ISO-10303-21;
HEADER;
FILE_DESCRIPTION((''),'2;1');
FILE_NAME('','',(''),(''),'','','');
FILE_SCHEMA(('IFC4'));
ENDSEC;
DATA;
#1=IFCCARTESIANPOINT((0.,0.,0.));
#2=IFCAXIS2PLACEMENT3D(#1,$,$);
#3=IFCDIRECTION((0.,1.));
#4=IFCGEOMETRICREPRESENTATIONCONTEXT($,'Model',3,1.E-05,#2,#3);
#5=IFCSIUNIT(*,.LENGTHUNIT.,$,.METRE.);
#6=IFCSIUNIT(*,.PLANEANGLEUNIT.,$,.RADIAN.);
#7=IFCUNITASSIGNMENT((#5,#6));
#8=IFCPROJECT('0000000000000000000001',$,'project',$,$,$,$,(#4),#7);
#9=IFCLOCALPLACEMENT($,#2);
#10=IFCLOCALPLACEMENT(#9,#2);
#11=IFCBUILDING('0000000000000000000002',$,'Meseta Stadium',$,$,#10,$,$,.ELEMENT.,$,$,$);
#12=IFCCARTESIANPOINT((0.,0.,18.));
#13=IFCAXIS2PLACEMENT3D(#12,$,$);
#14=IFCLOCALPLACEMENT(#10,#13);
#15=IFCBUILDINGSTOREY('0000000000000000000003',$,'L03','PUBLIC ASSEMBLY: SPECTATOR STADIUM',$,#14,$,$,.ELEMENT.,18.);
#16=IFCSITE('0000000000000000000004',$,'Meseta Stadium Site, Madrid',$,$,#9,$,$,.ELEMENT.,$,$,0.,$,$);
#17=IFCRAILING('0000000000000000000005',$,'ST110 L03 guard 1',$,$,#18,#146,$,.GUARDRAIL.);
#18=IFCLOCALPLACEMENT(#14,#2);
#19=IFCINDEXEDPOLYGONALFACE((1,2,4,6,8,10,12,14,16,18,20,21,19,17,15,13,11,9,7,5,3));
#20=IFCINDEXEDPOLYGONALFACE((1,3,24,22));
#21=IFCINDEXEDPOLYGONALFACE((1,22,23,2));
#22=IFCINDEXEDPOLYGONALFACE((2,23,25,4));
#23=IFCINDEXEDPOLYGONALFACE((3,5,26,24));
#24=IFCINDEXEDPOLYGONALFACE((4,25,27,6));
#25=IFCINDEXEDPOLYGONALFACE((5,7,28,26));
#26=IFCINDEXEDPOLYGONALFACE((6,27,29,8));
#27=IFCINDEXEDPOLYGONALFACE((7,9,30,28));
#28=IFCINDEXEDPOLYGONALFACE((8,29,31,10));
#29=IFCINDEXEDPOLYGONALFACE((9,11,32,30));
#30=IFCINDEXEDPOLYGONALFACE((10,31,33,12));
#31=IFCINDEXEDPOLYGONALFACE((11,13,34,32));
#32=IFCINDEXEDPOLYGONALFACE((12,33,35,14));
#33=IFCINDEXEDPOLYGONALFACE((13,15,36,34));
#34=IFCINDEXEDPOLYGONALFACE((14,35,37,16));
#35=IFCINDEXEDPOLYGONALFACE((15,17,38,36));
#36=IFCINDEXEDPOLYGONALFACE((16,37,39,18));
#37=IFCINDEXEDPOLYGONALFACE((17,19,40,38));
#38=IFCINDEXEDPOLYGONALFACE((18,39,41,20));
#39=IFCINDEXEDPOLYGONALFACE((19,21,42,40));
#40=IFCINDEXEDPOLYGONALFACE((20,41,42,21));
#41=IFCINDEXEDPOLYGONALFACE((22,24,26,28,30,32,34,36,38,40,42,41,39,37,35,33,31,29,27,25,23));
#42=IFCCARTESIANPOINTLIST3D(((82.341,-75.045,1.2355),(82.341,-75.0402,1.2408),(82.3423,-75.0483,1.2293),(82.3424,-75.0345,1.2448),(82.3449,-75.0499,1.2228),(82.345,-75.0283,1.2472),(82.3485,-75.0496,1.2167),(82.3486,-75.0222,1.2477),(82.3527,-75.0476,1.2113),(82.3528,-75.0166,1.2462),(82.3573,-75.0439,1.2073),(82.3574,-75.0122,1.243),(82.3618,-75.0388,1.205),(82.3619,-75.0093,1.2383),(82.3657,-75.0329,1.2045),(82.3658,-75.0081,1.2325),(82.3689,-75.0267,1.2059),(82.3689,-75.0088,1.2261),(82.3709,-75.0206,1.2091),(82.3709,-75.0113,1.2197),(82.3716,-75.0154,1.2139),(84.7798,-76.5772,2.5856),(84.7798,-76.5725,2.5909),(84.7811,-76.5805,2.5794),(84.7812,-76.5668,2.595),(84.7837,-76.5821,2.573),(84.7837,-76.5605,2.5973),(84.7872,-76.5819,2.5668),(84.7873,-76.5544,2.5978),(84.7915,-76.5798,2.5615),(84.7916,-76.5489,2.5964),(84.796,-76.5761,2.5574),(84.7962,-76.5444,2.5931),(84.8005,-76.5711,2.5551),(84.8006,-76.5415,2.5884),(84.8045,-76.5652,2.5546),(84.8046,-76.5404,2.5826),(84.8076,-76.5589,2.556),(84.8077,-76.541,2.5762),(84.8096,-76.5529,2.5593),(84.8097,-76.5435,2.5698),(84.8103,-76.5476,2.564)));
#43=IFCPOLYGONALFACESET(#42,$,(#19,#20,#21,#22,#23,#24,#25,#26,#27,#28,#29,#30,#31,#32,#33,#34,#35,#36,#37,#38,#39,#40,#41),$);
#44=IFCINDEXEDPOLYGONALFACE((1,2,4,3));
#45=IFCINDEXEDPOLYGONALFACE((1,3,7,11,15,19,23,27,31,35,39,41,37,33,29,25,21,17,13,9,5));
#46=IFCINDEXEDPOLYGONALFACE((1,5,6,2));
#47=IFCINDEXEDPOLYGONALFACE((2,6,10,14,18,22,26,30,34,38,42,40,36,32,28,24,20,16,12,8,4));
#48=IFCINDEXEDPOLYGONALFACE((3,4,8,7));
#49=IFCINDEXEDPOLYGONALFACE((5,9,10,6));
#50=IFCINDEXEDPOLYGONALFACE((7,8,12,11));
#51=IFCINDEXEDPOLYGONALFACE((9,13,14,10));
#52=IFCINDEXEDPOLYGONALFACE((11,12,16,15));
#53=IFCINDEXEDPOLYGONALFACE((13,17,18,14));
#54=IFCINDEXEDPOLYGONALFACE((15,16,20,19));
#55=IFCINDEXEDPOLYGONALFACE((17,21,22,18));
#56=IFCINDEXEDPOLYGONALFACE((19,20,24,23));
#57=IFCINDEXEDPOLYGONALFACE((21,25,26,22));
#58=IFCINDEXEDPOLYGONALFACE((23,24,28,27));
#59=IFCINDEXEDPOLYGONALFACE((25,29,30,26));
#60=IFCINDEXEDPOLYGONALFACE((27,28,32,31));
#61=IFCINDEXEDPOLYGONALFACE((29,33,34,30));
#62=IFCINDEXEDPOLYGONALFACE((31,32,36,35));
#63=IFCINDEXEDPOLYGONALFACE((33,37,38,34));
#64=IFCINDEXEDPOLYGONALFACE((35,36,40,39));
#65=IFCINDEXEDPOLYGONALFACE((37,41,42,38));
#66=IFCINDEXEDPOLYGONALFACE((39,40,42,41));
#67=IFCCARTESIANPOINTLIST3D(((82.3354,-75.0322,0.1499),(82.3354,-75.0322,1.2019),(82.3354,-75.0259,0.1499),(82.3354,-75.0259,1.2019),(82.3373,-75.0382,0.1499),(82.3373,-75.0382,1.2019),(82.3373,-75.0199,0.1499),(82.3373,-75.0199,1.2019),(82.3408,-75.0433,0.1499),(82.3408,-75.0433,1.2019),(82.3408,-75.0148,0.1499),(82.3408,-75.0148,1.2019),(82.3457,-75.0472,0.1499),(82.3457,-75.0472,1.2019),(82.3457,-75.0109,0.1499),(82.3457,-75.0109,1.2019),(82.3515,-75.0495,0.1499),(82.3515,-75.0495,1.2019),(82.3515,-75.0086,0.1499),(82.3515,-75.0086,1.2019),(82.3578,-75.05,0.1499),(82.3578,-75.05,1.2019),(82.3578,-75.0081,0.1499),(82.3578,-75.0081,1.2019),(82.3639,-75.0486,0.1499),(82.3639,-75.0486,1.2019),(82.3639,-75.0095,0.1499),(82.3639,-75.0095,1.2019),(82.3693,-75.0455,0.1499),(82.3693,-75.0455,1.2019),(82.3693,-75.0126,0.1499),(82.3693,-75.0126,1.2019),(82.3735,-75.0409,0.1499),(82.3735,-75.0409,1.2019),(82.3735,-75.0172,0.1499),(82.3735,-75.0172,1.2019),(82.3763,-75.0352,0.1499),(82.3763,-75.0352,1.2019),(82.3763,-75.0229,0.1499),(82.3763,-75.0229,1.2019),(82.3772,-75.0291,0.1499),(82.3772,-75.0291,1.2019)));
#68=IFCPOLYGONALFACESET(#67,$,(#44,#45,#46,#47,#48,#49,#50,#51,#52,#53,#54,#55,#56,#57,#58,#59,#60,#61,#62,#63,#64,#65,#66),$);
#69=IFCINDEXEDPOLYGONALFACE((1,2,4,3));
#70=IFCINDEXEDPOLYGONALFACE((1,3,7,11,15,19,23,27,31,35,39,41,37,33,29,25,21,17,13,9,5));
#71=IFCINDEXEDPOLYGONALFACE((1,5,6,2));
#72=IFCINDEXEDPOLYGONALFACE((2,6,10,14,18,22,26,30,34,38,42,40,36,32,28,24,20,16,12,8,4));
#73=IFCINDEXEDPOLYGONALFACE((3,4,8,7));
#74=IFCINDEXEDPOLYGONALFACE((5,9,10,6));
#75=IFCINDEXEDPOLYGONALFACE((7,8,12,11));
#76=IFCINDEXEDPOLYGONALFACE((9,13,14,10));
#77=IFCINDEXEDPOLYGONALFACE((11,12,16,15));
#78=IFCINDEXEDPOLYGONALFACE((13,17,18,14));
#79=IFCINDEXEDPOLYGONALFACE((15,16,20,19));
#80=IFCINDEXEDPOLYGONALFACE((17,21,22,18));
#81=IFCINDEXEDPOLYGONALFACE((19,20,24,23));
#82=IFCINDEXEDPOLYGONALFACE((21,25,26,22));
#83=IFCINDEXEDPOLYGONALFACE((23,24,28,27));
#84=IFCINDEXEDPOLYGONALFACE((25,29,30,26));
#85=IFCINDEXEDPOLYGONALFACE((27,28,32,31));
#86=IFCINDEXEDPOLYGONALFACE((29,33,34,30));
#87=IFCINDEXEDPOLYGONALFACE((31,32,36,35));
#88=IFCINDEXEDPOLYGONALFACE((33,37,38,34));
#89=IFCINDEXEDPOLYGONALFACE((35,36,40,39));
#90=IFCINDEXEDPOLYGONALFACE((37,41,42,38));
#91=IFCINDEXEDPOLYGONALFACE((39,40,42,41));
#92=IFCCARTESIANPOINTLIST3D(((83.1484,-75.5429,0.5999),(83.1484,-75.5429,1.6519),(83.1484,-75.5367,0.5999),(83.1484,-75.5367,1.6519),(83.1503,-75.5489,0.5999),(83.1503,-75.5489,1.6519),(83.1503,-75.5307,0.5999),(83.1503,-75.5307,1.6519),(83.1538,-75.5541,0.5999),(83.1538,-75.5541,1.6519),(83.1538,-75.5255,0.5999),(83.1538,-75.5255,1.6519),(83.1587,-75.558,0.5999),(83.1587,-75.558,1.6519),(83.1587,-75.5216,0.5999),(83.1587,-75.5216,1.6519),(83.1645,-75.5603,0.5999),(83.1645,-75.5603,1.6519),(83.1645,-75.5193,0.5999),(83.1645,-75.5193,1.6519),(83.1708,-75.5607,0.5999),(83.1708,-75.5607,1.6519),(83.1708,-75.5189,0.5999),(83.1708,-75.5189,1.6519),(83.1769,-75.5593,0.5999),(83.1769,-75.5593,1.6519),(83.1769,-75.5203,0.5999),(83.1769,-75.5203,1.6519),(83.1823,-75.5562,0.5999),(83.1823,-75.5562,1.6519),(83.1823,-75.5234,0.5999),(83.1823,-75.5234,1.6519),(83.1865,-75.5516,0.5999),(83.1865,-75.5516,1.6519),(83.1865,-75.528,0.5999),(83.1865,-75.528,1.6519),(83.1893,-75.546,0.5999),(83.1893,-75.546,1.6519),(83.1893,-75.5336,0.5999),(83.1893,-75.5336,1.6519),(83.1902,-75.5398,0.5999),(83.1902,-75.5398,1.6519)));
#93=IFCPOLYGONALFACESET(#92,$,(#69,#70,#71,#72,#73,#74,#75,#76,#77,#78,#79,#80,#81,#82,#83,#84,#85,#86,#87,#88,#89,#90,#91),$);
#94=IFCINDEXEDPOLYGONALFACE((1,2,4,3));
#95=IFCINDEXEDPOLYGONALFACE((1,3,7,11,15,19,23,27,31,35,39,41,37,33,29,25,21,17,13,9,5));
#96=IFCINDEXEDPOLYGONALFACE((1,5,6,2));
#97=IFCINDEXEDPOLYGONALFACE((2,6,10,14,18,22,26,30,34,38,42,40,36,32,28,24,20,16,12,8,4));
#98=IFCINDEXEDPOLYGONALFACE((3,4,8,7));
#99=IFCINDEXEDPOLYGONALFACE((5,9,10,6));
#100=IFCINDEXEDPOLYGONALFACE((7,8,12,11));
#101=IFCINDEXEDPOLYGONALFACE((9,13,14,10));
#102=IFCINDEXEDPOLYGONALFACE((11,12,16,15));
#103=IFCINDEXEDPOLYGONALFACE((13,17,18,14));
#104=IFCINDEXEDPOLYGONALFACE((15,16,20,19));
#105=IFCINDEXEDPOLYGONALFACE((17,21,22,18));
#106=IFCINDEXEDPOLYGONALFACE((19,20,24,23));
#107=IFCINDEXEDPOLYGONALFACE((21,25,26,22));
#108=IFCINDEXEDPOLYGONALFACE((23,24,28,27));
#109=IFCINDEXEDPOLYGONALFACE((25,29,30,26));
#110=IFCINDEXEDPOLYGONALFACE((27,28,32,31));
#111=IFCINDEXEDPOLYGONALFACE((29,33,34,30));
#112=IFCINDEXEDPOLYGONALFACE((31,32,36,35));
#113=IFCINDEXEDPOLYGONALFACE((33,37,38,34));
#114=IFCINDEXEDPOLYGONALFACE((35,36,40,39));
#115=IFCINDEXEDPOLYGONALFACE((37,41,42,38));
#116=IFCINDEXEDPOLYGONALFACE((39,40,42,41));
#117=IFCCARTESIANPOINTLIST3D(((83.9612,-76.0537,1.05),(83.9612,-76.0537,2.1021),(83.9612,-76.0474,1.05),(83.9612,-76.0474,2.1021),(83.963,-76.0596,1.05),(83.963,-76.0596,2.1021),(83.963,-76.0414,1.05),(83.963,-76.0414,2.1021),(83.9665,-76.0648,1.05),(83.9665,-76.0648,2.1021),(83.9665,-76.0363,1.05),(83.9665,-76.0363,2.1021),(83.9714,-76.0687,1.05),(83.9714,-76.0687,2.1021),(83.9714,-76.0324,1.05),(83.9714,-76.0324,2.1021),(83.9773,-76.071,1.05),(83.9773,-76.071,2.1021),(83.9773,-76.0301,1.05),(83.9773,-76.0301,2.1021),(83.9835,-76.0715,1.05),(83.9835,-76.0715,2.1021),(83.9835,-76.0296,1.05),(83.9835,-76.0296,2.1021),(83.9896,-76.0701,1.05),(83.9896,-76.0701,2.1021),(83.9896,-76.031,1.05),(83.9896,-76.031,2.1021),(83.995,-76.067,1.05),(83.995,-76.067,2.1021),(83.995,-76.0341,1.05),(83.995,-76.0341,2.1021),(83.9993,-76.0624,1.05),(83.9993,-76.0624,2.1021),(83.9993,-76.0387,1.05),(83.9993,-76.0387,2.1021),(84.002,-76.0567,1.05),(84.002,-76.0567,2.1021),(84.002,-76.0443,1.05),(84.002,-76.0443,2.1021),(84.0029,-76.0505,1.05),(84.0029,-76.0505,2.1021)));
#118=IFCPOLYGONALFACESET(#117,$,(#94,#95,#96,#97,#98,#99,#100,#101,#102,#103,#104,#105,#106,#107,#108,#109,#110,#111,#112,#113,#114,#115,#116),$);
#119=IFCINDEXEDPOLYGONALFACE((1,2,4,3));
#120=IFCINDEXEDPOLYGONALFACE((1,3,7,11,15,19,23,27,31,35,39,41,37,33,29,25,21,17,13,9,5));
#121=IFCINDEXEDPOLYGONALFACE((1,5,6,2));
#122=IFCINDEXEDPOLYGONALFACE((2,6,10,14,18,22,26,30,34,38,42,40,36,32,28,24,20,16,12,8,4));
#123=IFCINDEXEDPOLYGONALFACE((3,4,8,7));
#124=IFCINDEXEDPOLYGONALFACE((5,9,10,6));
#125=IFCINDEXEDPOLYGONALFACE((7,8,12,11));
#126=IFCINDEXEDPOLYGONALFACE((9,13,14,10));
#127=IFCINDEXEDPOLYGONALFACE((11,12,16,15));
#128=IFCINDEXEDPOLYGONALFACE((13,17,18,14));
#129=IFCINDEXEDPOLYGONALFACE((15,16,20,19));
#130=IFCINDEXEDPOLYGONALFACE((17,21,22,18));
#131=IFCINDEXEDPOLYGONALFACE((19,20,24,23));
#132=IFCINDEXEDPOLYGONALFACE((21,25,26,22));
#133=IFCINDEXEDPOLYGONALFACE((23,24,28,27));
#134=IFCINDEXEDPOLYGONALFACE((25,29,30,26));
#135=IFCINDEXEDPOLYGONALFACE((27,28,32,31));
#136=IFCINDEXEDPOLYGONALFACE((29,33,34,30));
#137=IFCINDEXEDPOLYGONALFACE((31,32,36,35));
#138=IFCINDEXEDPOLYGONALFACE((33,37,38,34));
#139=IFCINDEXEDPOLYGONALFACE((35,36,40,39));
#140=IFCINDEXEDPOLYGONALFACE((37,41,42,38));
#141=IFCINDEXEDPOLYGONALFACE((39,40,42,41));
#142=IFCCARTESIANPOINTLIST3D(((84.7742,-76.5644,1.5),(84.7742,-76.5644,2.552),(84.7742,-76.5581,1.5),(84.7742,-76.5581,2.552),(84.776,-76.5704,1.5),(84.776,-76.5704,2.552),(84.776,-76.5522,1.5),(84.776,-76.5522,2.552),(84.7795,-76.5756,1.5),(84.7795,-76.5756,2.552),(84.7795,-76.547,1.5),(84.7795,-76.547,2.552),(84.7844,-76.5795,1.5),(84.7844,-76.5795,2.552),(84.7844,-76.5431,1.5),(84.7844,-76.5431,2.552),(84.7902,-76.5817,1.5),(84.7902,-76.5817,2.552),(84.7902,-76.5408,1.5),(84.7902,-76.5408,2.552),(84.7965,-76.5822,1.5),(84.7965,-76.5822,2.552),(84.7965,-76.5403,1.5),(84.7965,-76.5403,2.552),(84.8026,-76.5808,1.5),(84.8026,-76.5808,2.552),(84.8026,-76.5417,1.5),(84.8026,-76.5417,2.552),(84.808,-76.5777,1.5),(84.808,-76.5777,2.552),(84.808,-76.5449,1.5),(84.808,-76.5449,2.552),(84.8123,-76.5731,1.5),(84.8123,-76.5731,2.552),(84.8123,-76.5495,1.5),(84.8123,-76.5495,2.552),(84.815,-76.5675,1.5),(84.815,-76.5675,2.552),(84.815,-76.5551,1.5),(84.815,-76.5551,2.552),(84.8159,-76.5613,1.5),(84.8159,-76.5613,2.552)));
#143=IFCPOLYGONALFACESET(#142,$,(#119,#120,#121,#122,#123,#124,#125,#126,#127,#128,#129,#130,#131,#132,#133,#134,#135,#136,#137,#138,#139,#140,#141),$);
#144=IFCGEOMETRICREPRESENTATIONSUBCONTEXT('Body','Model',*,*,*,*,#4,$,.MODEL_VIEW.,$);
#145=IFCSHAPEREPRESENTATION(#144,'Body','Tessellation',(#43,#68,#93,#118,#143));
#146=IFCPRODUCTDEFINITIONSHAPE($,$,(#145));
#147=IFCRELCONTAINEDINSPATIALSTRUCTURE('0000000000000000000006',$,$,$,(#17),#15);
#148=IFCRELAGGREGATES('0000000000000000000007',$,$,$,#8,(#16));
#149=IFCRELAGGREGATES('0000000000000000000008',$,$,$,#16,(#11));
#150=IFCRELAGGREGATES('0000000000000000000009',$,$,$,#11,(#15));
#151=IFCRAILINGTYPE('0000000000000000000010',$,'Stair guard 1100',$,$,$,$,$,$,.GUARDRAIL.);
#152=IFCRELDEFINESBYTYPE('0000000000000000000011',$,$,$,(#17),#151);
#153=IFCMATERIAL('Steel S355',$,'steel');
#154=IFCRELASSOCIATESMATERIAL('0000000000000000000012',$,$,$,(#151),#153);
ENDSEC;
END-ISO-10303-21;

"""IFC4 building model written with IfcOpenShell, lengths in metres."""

from ifc_helpers import new_model, si_unit, direction, frame, origin, origin_2d, place, context, subcontext, project, spatial, circle, extrude, material, type_object, element, save


model = new_model("IFC4")

# Units and contexts
model_context = context("Model", 3, precision=1e-05, world=origin(), true_north=direction((0.0, 1.0)))
body_context = subcontext(model_context, "Body", "Model", "MODEL_VIEW")
ifc_project = project(units=[si_unit("LENGTHUNIT", "METRE"), si_unit("PLANEANGLEUNIT", "RADIAN")], contexts=[model_context])

# Site, building, storey
site_placement = place(None, origin())
site = spatial("IfcSite", under=ifc_project, at=site_placement, Name="Meseta Stadium Site, Madrid", CompositionType="ELEMENT", RefElevation=0.0)
building_placement = place(site_placement, origin())
building = spatial("IfcBuilding", under=site, at=building_placement, Name="Meseta Stadium", CompositionType="ELEMENT")
storey_placement = place(building_placement, frame((0.0, 0.0, 18.0)))
storey = spatial("IfcBuildingStorey", under=building, at=storey_placement, Name="L03", Description="PUBLIC ASSEMBLY: SPECTATOR STADIUM", CompositionType="ELEMENT", Elevation=18.0)

# Railing
ifc_material_1 = material(Name="Steel S355", Category="steel")
railing_type_1 = type_object("IfcRailingType", Name="Stair guard 1100", PredefinedType="GUARDRAIL", material=ifc_material_1)
railing_1_placement = place(storey_placement, frame((82.3562, -75.0291, 0.1499)))
element("IfcRailing", 1, at=railing_1_placement, inside=storey, type_object=railing_type_1, Name="ST110 L03 guard 1", PredefinedType="GUARDRAIL", context=body_context, shape_type="SweptSolid", body=[
    extrude(circle(Radius=0.0239, at=origin_2d()), frame((0.0, 0.0, 1.0762), z_axis=(0.766687, -0.481703, 0.424445), x_axis=(0.532001, 0.846743, 0.0)), (0.0, 0.0, 1.0), 3.1809),
    extrude(circle(Radius=0.021, at=origin_2d()), origin(), (0.0, 0.0, 1.0), 1.052),
    extrude(circle(Radius=0.021, at=origin_2d()), frame((0.813, -0.5107, 0.45)), (0.0, 0.0, 1.0), 1.052),
    extrude(circle(Radius=0.021, at=origin_2d()), frame((1.6257, -1.0215, 0.9001)), (0.0, 0.0, 1.0), 1.052),
    extrude(circle(Radius=0.021, at=origin_2d()), frame((2.4387, -1.5322, 1.3501)), (0.0, 0.0, 1.0), 1.052),
])

save(model, "model.ifc")
